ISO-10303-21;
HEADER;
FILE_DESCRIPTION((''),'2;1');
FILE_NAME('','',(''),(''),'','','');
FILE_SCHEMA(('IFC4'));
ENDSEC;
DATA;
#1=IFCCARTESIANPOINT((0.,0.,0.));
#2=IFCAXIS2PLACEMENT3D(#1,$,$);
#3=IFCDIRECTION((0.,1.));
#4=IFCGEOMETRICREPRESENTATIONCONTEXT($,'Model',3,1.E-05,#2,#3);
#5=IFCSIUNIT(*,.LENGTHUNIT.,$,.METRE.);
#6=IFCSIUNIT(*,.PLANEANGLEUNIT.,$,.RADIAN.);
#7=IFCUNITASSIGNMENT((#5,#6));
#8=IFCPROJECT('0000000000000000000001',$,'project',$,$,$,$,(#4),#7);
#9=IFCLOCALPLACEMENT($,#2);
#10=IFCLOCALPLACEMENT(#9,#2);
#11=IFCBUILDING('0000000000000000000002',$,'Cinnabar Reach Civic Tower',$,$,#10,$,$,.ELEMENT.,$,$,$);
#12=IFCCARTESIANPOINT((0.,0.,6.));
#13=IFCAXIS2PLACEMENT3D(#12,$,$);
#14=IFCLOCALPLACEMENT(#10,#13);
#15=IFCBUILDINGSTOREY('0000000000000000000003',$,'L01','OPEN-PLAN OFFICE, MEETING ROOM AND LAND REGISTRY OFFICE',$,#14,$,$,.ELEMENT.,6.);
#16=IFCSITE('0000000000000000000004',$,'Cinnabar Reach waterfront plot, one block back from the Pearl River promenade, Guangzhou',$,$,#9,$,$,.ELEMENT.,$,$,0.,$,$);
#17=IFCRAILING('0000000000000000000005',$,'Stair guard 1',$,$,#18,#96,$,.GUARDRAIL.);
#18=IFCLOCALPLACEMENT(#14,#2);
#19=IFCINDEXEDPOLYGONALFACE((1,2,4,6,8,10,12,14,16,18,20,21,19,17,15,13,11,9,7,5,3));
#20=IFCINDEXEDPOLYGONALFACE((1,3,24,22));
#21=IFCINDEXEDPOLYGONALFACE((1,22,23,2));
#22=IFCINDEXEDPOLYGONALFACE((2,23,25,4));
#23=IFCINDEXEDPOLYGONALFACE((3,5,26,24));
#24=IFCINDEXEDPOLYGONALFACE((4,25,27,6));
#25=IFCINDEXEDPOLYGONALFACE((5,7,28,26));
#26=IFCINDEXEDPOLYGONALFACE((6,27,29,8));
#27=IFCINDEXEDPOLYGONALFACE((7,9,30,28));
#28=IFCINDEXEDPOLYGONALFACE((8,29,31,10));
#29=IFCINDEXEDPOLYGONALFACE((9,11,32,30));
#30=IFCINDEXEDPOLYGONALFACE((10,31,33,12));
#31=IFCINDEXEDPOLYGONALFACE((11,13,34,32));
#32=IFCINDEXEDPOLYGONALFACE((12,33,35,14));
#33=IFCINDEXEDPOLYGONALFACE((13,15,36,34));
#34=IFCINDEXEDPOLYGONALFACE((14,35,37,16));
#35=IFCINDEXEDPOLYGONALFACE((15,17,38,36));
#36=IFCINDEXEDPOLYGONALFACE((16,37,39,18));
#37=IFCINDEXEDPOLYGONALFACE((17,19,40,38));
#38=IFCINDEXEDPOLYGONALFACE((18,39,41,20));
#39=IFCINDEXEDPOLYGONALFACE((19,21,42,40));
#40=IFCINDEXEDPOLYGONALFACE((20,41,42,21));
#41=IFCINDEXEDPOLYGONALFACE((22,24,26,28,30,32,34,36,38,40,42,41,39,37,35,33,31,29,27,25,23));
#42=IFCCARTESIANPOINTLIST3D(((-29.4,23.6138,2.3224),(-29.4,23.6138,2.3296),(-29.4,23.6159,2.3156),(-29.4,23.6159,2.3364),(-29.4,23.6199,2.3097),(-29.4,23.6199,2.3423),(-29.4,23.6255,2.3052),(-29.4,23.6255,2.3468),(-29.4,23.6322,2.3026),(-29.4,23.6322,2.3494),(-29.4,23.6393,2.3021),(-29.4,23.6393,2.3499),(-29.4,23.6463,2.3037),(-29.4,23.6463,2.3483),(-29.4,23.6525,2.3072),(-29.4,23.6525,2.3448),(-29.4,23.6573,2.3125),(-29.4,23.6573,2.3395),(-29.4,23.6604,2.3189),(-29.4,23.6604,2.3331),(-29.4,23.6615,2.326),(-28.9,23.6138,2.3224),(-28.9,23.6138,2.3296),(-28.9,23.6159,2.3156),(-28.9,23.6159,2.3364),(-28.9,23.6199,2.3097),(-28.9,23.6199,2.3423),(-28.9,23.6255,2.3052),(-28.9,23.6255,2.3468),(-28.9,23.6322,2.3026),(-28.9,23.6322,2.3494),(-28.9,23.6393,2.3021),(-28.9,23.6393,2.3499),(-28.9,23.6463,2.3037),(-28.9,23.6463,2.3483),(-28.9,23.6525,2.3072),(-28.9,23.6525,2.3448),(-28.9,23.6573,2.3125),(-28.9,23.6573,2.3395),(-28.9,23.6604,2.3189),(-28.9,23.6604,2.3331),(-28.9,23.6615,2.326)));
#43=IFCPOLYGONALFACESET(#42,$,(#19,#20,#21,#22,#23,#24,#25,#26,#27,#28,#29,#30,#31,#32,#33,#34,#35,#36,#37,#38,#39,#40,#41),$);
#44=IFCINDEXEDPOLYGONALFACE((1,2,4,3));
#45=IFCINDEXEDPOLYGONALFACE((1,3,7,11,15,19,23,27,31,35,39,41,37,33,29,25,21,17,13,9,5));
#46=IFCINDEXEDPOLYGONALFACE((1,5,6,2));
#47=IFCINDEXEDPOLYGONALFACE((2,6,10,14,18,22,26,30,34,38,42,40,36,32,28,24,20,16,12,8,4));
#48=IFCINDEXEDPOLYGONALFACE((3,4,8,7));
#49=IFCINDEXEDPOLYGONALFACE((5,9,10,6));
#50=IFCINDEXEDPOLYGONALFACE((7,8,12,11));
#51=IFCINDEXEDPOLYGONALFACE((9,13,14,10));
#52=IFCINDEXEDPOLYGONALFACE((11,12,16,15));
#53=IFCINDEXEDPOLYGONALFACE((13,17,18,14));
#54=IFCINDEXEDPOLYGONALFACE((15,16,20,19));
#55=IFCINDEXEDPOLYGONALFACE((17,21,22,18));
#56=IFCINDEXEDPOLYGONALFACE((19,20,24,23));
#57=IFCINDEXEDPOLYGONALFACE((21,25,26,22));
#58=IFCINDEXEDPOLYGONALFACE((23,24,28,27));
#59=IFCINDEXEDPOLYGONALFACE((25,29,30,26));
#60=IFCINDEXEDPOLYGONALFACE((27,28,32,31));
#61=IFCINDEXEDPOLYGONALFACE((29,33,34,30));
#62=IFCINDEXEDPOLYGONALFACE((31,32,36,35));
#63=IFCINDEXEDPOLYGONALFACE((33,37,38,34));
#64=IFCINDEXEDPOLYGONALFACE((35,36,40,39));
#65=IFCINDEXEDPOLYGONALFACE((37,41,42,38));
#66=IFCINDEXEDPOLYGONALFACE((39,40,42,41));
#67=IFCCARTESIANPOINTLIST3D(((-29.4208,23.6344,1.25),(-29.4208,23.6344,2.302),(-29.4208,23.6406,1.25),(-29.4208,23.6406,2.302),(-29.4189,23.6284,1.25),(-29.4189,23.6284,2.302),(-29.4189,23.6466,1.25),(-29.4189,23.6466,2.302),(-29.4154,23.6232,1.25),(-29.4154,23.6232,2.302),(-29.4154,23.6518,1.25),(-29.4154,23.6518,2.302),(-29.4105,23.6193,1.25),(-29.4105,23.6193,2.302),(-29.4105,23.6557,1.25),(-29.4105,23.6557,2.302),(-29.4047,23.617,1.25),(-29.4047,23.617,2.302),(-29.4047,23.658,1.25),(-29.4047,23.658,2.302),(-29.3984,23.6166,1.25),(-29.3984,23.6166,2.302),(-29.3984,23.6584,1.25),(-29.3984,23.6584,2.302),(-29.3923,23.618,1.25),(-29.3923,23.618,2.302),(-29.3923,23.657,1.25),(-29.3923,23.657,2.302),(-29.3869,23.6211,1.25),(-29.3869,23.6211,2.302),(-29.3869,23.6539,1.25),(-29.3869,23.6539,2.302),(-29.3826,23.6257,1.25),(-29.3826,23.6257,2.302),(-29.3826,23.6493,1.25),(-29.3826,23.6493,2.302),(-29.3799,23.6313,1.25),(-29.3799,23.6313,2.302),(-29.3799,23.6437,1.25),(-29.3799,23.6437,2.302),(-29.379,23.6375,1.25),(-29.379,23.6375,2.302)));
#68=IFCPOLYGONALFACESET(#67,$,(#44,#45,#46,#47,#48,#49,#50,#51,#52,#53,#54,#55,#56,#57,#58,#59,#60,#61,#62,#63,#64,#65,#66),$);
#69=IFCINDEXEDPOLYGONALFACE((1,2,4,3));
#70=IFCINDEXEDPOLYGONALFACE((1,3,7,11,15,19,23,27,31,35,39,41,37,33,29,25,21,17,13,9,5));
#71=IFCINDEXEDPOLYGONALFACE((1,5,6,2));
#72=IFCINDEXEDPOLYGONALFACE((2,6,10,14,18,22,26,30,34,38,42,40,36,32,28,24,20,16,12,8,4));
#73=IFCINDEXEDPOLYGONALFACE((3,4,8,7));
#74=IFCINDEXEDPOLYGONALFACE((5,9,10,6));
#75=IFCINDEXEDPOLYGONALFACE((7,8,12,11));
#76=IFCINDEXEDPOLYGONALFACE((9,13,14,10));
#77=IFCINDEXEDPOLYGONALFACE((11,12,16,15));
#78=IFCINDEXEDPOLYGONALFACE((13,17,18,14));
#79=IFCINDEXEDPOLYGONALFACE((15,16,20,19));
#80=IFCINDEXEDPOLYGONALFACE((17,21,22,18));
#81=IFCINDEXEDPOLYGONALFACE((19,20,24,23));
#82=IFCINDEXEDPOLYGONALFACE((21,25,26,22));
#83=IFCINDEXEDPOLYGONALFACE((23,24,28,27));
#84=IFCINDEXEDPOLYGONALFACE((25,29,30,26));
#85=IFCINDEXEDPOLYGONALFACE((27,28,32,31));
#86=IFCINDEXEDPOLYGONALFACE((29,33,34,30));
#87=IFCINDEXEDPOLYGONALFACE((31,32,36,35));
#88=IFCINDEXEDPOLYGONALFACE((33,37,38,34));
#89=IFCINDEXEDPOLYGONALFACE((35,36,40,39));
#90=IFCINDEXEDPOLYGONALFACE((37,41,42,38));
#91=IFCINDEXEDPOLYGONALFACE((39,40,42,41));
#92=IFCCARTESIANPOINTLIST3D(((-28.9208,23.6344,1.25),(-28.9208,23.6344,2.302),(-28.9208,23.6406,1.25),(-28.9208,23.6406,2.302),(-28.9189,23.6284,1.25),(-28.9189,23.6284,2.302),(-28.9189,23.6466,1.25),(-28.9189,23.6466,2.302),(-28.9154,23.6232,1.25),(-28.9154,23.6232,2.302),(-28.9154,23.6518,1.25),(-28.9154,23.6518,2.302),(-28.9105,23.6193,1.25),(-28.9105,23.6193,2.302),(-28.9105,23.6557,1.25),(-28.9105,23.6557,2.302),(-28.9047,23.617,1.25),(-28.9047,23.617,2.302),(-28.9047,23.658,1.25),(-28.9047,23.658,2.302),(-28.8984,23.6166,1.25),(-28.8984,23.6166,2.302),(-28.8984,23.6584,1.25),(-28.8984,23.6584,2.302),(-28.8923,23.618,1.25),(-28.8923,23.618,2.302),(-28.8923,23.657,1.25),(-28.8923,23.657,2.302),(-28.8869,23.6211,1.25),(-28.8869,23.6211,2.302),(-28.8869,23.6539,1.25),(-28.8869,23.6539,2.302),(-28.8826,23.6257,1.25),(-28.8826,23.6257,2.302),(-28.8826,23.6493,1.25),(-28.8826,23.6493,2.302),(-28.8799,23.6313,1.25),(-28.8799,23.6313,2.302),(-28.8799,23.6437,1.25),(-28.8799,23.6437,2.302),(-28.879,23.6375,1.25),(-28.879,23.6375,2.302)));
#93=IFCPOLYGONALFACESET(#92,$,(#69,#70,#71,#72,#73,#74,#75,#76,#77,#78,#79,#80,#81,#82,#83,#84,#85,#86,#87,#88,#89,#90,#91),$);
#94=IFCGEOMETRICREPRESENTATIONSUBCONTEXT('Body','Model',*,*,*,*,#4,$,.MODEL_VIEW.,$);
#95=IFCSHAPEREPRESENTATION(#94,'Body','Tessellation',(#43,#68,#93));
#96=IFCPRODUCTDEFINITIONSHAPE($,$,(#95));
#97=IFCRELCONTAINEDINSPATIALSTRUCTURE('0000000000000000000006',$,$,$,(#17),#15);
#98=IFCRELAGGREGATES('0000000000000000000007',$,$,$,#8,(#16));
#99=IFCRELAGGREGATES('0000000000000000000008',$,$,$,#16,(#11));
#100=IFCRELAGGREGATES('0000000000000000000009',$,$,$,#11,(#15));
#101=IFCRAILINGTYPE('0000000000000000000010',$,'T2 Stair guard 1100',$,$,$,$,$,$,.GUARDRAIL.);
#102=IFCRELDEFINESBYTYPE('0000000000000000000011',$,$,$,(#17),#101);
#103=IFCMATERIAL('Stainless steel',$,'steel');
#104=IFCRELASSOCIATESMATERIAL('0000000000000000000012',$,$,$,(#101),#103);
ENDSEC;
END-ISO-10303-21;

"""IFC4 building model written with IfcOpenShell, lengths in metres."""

from ifc_helpers import new_model, si_unit, direction, frame, origin, origin_2d, place, context, subcontext, project, spatial, circle, extrude, material, type_object, element, save


model = new_model("IFC4")

# Units and contexts
model_context = context("Model", 3, precision=1e-05, world=origin(), true_north=direction((0.0, 1.0)))
body_context = subcontext(model_context, "Body", "Model", "MODEL_VIEW")
ifc_project = project(units=[si_unit("LENGTHUNIT", "METRE"), si_unit("PLANEANGLEUNIT", "RADIAN")], contexts=[model_context])

# Site, building, storey
site_placement = place(None, origin())
site = spatial("IfcSite", under=ifc_project, at=site_placement, Name="Cinnabar Reach waterfront plot, one block back from the Pearl River promenade, Guangzhou", CompositionType="ELEMENT", RefElevation=0.0)
building_placement = place(site_placement, origin())
building = spatial("IfcBuilding", under=site, at=building_placement, Name="Cinnabar Reach Civic Tower", CompositionType="ELEMENT")
storey_placement = place(building_placement, frame((0.0, 0.0, 6.0)))
storey = spatial("IfcBuildingStorey", under=building, at=storey_placement, Name="L01", Description="OPEN-PLAN OFFICE, MEETING ROOM AND LAND REGISTRY OFFICE", CompositionType="ELEMENT", Elevation=6.0)

# Railing
ifc_material_1 = material(Name="Stainless steel", Category="steel")
railing_type_1 = type_object("IfcRailingType", Name="T2 Stair guard 1100", PredefinedType="GUARDRAIL", material=ifc_material_1)
railing_1_placement = place(storey_placement, frame((-29.4, 23.6375, 1.25)))
element("IfcRailing", 1, at=railing_1_placement, inside=storey, type_object=railing_type_1, Name="Stair guard 1", PredefinedType="GUARDRAIL", context=body_context, shape_type="SweptSolid", body=[
    extrude(circle(Radius=0.024, at=origin_2d()), frame((0.0, 0.0, 1.076), z_axis=(1.0, 0.0, 0.0), x_axis=(0.0, 1.0, 0.0)), (0.0, 0.0, 1.0), 0.5),
    extrude(circle(Radius=0.021, at=origin_2d()), origin(), (0.0, 0.0, 1.0), 1.052),
    extrude(circle(Radius=0.021, at=origin_2d()), frame((0.5, 0.0, 0.0)), (0.0, 0.0, 1.0), 1.052),
])

save(model, "model.ifc")
